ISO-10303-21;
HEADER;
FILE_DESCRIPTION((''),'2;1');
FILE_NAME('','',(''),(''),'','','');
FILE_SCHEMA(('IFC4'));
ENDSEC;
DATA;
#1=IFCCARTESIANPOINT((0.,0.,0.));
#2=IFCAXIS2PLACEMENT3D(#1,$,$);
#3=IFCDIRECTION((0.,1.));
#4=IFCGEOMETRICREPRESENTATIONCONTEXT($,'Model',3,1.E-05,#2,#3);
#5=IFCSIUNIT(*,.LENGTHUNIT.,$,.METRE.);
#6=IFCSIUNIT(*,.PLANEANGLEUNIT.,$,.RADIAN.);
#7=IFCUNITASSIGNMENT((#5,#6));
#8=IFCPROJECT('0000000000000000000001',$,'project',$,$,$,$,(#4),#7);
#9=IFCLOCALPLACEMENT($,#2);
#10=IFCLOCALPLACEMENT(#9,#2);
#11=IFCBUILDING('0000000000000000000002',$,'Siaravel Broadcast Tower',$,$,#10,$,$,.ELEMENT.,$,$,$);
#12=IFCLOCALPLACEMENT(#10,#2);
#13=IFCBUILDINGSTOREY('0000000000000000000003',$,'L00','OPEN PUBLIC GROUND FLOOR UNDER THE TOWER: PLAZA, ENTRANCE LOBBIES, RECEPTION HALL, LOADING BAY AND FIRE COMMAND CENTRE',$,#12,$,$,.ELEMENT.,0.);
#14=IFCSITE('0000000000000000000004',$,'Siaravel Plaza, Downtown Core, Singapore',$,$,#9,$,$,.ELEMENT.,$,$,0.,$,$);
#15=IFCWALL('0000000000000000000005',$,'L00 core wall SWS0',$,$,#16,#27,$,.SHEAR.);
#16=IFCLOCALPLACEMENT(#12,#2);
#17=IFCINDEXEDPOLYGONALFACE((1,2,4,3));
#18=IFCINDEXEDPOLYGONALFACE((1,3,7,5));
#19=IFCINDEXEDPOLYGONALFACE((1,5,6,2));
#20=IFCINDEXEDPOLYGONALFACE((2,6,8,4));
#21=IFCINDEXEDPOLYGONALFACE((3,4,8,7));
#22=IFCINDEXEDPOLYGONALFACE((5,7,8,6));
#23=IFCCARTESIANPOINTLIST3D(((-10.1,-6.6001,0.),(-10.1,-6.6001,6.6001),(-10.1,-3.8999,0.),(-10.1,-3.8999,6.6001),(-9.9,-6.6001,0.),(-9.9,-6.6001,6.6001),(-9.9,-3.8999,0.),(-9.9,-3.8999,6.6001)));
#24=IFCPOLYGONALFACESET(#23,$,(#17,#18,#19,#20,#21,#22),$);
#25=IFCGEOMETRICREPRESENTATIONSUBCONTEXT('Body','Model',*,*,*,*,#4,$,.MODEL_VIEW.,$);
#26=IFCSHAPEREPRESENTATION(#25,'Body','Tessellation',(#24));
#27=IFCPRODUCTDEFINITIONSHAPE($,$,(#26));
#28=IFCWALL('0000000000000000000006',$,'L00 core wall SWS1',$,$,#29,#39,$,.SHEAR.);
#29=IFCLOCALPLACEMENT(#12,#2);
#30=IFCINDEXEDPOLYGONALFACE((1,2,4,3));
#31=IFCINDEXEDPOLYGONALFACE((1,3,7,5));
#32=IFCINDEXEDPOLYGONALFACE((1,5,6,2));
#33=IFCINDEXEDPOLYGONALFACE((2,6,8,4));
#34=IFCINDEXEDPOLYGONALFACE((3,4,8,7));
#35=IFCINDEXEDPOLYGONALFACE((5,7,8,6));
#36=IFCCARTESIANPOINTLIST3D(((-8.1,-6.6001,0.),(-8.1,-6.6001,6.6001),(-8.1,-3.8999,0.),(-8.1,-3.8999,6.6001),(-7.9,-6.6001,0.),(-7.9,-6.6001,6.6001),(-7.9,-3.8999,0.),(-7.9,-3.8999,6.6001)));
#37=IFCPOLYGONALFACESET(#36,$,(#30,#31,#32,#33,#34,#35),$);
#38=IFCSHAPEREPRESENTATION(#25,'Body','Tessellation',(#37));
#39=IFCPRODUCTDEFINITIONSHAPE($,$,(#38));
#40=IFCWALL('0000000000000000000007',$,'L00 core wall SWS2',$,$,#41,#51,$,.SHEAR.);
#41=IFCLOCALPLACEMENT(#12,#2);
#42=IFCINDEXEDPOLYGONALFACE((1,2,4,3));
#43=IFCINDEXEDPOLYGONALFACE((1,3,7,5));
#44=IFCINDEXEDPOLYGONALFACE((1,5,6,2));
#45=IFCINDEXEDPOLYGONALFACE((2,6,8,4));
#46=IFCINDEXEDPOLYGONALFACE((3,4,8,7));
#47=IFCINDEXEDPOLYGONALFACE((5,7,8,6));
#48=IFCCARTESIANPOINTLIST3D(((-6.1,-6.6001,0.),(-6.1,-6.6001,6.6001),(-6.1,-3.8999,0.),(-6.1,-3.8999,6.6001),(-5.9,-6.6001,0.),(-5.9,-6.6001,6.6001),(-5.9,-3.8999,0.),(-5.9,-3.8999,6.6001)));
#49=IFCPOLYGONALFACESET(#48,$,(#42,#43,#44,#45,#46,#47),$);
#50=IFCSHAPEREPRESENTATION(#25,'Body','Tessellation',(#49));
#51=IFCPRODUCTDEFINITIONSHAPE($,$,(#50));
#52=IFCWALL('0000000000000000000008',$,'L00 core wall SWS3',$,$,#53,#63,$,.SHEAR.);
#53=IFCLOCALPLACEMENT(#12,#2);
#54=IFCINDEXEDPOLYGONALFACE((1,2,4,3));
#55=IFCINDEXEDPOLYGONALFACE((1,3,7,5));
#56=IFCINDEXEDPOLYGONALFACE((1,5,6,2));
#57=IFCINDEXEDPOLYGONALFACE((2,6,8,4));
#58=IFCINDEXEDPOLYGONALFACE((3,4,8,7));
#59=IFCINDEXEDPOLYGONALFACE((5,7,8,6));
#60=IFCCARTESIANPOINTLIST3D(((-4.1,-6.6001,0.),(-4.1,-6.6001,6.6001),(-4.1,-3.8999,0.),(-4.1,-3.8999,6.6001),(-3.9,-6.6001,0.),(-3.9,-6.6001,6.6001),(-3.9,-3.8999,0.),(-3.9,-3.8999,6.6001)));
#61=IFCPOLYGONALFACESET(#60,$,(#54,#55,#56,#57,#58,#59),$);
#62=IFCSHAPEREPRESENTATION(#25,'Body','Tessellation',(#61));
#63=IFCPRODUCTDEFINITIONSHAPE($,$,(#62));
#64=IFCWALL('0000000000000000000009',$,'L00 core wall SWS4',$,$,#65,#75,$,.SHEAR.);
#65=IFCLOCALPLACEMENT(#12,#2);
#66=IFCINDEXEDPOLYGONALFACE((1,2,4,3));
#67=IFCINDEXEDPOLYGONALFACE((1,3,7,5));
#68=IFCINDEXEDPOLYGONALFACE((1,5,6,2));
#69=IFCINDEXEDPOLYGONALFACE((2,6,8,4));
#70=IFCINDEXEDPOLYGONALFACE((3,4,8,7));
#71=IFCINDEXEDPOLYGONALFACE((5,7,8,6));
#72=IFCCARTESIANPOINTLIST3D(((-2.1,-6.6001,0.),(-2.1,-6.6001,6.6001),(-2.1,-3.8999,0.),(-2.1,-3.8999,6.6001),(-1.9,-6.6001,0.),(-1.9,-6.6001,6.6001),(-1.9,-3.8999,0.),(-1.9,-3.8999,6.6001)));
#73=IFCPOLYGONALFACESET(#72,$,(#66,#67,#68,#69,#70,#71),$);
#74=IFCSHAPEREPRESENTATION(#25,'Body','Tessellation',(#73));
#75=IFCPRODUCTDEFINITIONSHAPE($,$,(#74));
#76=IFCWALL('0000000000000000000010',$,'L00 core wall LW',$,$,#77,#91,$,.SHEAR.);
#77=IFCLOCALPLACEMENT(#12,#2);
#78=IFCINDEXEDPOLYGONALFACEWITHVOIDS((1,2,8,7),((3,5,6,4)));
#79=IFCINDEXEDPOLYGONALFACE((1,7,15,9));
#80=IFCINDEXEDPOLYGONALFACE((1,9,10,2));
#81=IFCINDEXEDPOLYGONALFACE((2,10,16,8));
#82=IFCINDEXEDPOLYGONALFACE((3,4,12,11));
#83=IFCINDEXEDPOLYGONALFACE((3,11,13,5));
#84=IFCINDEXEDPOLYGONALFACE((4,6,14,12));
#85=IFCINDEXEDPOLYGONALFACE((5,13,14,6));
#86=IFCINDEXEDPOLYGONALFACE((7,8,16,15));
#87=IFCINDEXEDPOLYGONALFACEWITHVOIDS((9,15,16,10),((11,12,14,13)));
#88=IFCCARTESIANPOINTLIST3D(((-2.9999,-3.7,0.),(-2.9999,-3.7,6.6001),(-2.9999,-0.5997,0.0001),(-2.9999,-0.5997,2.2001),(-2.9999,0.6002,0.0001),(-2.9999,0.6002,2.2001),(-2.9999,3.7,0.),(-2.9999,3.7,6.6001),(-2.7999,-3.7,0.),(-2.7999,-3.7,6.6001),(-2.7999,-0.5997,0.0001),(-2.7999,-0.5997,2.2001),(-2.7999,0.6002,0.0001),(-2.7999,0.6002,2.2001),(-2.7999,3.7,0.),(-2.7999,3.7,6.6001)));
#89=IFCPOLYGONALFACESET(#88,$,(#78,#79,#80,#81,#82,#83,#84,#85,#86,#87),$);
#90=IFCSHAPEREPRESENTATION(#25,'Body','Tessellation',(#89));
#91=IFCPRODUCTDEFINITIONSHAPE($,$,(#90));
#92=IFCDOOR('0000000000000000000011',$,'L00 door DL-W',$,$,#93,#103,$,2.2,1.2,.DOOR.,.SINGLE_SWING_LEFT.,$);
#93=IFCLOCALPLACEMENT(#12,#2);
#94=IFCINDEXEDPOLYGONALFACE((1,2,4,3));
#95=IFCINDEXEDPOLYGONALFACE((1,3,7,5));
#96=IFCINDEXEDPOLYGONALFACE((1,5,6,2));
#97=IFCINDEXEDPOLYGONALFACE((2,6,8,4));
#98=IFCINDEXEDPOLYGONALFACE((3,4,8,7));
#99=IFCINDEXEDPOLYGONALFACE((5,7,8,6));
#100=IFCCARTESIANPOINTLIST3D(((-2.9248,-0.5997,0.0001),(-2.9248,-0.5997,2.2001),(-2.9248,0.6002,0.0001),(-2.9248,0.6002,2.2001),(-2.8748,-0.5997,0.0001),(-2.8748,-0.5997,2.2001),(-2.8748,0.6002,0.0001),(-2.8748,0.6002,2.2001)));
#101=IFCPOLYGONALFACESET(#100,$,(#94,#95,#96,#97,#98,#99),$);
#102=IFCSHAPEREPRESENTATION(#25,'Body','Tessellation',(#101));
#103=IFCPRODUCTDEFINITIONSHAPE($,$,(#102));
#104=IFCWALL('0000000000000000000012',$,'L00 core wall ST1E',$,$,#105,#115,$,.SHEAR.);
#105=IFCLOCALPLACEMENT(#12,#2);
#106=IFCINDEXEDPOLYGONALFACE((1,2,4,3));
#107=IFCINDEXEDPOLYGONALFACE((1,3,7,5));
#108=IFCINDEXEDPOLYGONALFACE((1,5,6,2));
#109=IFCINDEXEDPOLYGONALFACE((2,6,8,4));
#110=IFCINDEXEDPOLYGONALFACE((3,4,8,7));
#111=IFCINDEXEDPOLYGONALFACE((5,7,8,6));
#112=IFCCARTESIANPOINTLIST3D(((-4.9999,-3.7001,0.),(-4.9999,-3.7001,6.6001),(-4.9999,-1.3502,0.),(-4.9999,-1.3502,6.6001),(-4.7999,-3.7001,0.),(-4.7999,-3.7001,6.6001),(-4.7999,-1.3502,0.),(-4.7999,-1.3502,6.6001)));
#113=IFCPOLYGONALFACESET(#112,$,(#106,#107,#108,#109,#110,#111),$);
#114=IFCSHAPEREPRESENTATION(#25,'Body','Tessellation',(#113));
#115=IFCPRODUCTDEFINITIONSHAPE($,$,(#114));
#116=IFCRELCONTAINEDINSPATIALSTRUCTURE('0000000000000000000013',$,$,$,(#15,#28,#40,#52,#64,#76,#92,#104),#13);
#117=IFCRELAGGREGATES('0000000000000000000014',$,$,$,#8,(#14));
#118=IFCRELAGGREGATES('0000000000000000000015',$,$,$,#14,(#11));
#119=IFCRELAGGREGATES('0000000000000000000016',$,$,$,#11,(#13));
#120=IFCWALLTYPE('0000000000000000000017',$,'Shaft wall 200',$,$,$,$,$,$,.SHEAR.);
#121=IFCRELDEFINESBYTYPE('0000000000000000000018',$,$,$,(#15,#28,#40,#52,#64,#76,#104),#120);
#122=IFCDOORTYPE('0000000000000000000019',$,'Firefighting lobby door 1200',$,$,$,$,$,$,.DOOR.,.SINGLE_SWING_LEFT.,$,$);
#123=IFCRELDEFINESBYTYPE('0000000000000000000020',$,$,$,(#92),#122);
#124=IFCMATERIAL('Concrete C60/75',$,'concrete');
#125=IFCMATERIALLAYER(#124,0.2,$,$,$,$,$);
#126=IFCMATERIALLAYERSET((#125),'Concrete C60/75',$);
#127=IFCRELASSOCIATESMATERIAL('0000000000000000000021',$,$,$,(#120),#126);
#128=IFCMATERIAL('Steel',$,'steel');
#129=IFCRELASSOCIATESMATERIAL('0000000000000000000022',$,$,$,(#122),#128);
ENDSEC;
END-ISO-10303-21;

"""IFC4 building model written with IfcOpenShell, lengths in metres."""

from ifc_helpers import new_model, si_unit, direction, frame, frame_2d, origin, place, context, subcontext, project, spatial, rectangle, extrude, material, layer, layer_set, type_object, element, fill, save


model = new_model("IFC4")

# Units and contexts
model_context = context("Model", 3, precision=1e-05, world=origin(), true_north=direction((0.0, 1.0)))
body_context = subcontext(model_context, "Body", "Model", "MODEL_VIEW")
ifc_project = project(units=[si_unit("LENGTHUNIT", "METRE"), si_unit("PLANEANGLEUNIT", "RADIAN")], contexts=[model_context])

# Site, building, storey
site_placement = place(None, origin())
site = spatial("IfcSite", under=ifc_project, at=site_placement, Name="Siaravel Plaza, Downtown Core, Singapore", CompositionType="ELEMENT", RefElevation=0.0)
building_placement = place(site_placement, origin())
building = spatial("IfcBuilding", under=site, at=building_placement, Name="Siaravel Broadcast Tower", CompositionType="ELEMENT")
storey_placement = place(building_placement, origin())
storey = spatial("IfcBuildingStorey", under=building, at=storey_placement, Name="L00", Description="OPEN PUBLIC GROUND FLOOR UNDER THE TOWER: PLAZA, ENTRANCE LOBBIES, RECEPTION HALL, LOADING BAY AND FIRE COMMAND CENTRE", CompositionType="ELEMENT", Elevation=0.0)

# Walls
ifc_material_1 = material(Name="Concrete C60/75", Category="concrete")
ifc_layer = layer(ifc_material_1, 0.2)
ifc_layer_set = layer_set([ifc_layer], Name="Concrete C60/75")
wall_type = type_object("IfcWallType", Name="Shaft wall 200", PredefinedType="SHEAR", material=ifc_layer_set)
for number, where, z_axis, x_axis, name in (
    (1, (-10.0, -6.6001, 0.0), (0.0, 0.0, 1.0), (0.0, 1.0, 0.0), "L00 core wall SWS0"),
    (2, (-8.0, -6.6001, 0.0), (0.0, 0.0, 1.0), (0.0, 1.0, 0.0), "L00 core wall SWS1"),
    (3, (-6.0, -6.6001, 0.0), (0.0, 0.0, 1.0), (0.0, 1.0, 0.0), "L00 core wall SWS2"),
    (4, (-4.0, -6.6001, 0.0), (0.0, 0.0, 1.0), (0.0, 1.0, 0.0), "L00 core wall SWS3"),
    (5, (-2.0, -6.6001, 0.0), (0.0, 0.0, 1.0), (0.0, 1.0, 0.0), "L00 core wall SWS4"),
):
    element("IfcWall", number, at=place(storey_placement, frame(where, z_axis=z_axis, x_axis=x_axis)), inside=storey, type_object=wall_type, Name=name, PredefinedType="SHEAR", context=body_context, shape_type="SweptSolid", body=[
        extrude(rectangle(XDim=2.7002, YDim=0.2, at=frame_2d((1.3501, 0.0))), origin(), (0.0, 0.0, 1.0), 6.6001),
    ])

# Wall, opening, door
wall_1_placement = place(storey_placement, frame((-2.8999, -3.7, 0.0), z_axis=(0.0, 0.0, 1.0), x_axis=(0.0, 1.0, 0.0)))
wall_1 = element("IfcWall", 6, at=wall_1_placement, inside=storey, type_object=wall_type, Name="L00 core wall LW", PredefinedType="SHEAR", context=body_context, shape_type="SweptSolid", body=[
    extrude(rectangle(XDim=7.3999, YDim=0.2, at=frame_2d((3.7, 0.0))), origin(), (0.0, 0.0, 1.0), 6.6001),
])
opening_placement = place(wall_1_placement, frame((3.1001, 0.0, 0.0)))
opening = element("IfcOpeningElement", 7, at=opening_placement, cuts=wall_1, PredefinedType="OPENING", context=body_context, shape_type="SweptSolid", body=[
    extrude(rectangle(XDim=1.2, YDim=2.2, at=frame_2d((0.6001, 1.1001))), frame((0.0, 0.1099, 0.0), z_axis=(0.0, -1.0, 0.0), x_axis=(1.0, 0.0, 0.0)), (0.0, 0.0, 1.0), 0.22),
])
ifc_material_2 = material(Name="Steel", Category="steel")
door_type = type_object("IfcDoorType", Name="Firefighting lobby door 1200", OperationType="SINGLE_SWING_LEFT", PredefinedType="DOOR", material=ifc_material_2)
door_placement = place(opening_placement, origin())
door = element("IfcDoor", 8, at=door_placement, inside=storey, type_object=door_type, Name="L00 door DL-W", OperationType="SINGLE_SWING_LEFT", OverallHeight=2.2, OverallWidth=1.2, PredefinedType="DOOR", context=body_context, shape_type="SweptSolid", body=[
    extrude(rectangle(XDim=1.2, YDim=2.2, at=frame_2d((0.6001, 1.1001))), frame((0.0, 0.0249, 0.0), z_axis=(0.0, -1.0, 0.0), x_axis=(1.0, 0.0, 0.0)), (0.0, 0.0, 1.0), 0.05),
])
fill(opening, door)

# Wall
wall_2_placement = place(storey_placement, frame((-4.8999, -3.7, 0.0), z_axis=(0.0, 0.0, 1.0), x_axis=(0.0, 1.0, 0.0)))
element("IfcWall", 9, at=wall_2_placement, inside=storey, type_object=wall_type, Name="L00 core wall ST1E", PredefinedType="SHEAR", context=body_context, shape_type="SweptSolid", body=[
    extrude(rectangle(XDim=2.3499, YDim=0.2, at=frame_2d((1.1748, 0.0))), origin(), (0.0, 0.0, 1.0), 6.6001),
])

save(model, "model.ifc")
